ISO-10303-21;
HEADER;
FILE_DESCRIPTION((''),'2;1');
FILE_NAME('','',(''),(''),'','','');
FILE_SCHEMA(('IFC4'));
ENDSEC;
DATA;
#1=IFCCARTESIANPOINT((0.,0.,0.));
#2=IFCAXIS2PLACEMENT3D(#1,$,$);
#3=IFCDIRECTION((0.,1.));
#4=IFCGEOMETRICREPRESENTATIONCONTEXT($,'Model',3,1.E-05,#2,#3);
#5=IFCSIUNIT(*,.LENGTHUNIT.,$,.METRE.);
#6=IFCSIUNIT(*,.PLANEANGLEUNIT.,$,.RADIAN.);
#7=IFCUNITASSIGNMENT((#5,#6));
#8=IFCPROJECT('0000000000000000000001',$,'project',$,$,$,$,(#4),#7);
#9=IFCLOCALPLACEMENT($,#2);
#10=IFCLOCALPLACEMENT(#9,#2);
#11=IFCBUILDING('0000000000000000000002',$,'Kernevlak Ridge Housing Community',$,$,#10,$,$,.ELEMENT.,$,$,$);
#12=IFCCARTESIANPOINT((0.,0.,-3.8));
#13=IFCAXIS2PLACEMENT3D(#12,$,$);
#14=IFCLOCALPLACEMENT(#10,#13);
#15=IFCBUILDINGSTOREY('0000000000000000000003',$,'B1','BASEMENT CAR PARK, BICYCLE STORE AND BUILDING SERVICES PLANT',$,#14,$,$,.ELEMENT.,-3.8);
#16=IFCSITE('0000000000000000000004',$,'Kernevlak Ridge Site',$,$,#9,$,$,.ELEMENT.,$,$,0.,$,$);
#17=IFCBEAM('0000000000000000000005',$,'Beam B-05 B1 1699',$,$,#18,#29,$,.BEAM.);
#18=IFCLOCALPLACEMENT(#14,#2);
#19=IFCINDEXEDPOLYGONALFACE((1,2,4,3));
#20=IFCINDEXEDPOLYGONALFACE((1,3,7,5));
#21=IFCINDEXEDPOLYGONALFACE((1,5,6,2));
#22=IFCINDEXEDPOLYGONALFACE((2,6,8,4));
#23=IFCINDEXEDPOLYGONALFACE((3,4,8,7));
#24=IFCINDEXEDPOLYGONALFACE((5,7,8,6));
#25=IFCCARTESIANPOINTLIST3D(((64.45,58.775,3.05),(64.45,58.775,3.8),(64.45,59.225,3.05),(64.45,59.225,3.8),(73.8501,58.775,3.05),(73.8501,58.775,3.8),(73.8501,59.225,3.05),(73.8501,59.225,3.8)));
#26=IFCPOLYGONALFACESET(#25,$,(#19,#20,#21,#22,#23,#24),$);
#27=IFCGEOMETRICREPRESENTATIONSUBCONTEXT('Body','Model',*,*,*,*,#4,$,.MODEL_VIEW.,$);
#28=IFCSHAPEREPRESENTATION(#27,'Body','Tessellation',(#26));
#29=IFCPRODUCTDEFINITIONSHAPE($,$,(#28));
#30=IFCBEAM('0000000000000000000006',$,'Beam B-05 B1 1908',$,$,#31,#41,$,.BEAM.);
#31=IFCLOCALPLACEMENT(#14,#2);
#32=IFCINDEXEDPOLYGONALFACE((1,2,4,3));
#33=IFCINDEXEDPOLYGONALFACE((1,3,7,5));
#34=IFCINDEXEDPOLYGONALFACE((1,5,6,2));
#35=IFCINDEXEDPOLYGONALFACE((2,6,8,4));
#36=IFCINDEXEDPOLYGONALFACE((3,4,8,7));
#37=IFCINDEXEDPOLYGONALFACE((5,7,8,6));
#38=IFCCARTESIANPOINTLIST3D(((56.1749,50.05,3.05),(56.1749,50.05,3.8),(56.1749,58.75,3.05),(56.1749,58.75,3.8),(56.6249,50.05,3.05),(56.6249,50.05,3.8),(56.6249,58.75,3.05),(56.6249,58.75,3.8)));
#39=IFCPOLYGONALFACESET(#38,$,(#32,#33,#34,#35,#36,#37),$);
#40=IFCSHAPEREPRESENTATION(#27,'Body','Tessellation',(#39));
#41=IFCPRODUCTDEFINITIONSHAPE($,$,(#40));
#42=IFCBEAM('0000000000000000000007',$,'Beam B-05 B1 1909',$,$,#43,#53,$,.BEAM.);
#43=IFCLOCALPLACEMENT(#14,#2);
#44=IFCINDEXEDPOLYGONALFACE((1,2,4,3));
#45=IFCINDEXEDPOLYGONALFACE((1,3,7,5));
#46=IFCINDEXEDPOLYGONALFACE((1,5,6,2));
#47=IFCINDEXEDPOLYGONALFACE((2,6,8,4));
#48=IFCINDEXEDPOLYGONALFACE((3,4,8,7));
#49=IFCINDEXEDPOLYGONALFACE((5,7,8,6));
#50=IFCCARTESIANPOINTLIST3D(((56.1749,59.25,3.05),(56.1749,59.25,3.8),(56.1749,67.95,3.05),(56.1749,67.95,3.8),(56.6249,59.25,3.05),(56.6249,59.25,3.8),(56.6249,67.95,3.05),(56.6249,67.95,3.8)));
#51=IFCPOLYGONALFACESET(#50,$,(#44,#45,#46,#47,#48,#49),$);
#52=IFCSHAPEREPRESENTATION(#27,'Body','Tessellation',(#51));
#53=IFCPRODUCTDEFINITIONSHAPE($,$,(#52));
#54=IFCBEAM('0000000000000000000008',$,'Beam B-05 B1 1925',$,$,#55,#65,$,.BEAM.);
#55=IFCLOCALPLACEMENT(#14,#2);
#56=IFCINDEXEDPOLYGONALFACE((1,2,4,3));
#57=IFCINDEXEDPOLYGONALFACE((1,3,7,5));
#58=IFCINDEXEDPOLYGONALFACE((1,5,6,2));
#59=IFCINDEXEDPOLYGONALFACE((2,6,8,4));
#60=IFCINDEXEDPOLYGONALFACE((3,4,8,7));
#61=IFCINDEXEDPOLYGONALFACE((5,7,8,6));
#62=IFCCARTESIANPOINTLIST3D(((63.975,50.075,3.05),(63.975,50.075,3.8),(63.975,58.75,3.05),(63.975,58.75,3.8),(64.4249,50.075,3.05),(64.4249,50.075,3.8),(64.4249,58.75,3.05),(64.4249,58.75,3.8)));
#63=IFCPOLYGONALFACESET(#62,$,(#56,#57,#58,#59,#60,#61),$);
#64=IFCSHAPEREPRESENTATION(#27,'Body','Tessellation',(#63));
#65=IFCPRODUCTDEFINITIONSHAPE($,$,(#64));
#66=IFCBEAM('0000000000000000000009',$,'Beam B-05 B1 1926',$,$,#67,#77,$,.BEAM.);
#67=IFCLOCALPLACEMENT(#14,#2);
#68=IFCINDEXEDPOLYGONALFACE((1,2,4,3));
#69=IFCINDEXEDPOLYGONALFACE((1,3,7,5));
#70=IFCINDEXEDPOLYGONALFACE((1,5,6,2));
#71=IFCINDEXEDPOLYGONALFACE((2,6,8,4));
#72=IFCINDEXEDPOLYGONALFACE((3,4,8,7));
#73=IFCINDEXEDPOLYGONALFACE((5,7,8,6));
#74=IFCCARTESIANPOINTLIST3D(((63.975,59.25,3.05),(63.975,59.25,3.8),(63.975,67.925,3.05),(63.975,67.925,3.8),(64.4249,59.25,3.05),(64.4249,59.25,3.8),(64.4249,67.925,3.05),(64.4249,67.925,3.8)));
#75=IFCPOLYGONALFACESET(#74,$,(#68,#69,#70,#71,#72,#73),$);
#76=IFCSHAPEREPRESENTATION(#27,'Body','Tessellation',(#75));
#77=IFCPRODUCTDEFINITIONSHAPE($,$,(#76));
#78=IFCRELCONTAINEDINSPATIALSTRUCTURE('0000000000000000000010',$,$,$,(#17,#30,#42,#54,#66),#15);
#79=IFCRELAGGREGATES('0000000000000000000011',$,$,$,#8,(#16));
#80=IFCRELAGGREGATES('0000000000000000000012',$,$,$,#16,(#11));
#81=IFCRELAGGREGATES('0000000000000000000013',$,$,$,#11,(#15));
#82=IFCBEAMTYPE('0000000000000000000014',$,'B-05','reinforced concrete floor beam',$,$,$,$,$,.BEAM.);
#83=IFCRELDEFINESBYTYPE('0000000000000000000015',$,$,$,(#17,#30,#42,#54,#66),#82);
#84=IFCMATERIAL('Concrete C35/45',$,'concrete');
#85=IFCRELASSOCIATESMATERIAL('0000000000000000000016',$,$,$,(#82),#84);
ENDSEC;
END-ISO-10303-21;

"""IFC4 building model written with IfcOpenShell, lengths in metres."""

from ifc_helpers import new_model, si_unit, direction, frame, origin, origin_2d, place, context, subcontext, project, spatial, rectangle, extrude, material, material_profile, profile_set, type_object, element, save


model = new_model("IFC4")

# Units and contexts
model_context = context("Model", 3, precision=1e-05, world=origin(), true_north=direction((0.0, 1.0)))
body_context = subcontext(model_context, "Body", "Model", "MODEL_VIEW")
ifc_project = project(units=[si_unit("LENGTHUNIT", "METRE"), si_unit("PLANEANGLEUNIT", "RADIAN")], contexts=[model_context])

# Site, building, storey
site_placement = place(None, origin())
site = spatial("IfcSite", under=ifc_project, at=site_placement, Name="Kernevlak Ridge Site", CompositionType="ELEMENT", RefElevation=0.0)
building_placement = place(site_placement, origin())
building = spatial("IfcBuilding", under=site, at=building_placement, Name="Kernevlak Ridge Housing Community", CompositionType="ELEMENT")
storey_placement = place(building_placement, frame((0.0, 0.0, -3.8)))
storey = spatial("IfcBuildingStorey", under=building, at=storey_placement, Name="B1", Description="BASEMENT CAR PARK, BICYCLE STORE AND BUILDING SERVICES PLANT", CompositionType="ELEMENT", Elevation=-3.8)

# Shared definitions
ifc_material_1 = material(Name="Concrete C35/45", Category="concrete")

# Beams
ifc_material_profile_1 = material_profile(ifc_material_1, rectangle(XDim=0.45, YDim=0.75, at=origin_2d()), Name="RC 450x750")
ifc_profile_set_1 = profile_set([ifc_material_profile_1], Name="Concrete C35/45")
beam_type_1 = type_object("IfcBeamType", Name="B-05", Description="reinforced concrete floor beam", PredefinedType="BEAM", material=ifc_profile_set_1)
beam_1_placement = place(storey_placement, frame((64.45, 59.0, 3.425), z_axis=(1.0, 0.0, 0.0), x_axis=(0.0, 1.0, 0.0)))
element("IfcBeam", 1, at=beam_1_placement, inside=storey, type_object=beam_type_1, Name="Beam B-05 B1 1699", PredefinedType="BEAM", context=body_context, shape_type="SweptSolid", body=[
    extrude(rectangle(XDim=0.45, YDim=0.75, at=origin_2d()), origin(), (0.0, 0.0, 1.0), 9.4001),
])
for number, where, z_axis, x_axis, name in (
    (2, (56.3999, 50.05, 3.425), (0.0, 1.0, 0.0), (-1.0, 0.0, 0.0), "Beam B-05 B1 1908"),
    (3, (56.3999, 59.25, 3.425), (0.0, 1.0, 0.0), (-1.0, 0.0, 0.0), "Beam B-05 B1 1909"),
):
    element("IfcBeam", number, at=place(storey_placement, frame(where, z_axis=z_axis, x_axis=x_axis)), inside=storey, type_object=beam_type_1, Name=name, PredefinedType="BEAM", context=body_context, shape_type="SweptSolid", body=[
        extrude(rectangle(XDim=0.45, YDim=0.75, at=origin_2d()), origin(), (0.0, 0.0, 1.0), 8.7),
    ])
for number, where, z_axis, x_axis, name in (
    (4, (64.2, 50.075, 3.425), (0.0, 1.0, 0.0), (-1.0, 0.0, 0.0), "Beam B-05 B1 1925"),
    (5, (64.2, 59.25, 3.425), (0.0, 1.0, 0.0), (-1.0, 0.0, 0.0), "Beam B-05 B1 1926"),
):
    element("IfcBeam", number, at=place(storey_placement, frame(where, z_axis=z_axis, x_axis=x_axis)), inside=storey, type_object=beam_type_1, Name=name, PredefinedType="BEAM", context=body_context, shape_type="SweptSolid", body=[
        extrude(rectangle(XDim=0.45, YDim=0.75, at=origin_2d()), origin(), (0.0, 0.0, 1.0), 8.675),
    ])

save(model, "model.ifc")
